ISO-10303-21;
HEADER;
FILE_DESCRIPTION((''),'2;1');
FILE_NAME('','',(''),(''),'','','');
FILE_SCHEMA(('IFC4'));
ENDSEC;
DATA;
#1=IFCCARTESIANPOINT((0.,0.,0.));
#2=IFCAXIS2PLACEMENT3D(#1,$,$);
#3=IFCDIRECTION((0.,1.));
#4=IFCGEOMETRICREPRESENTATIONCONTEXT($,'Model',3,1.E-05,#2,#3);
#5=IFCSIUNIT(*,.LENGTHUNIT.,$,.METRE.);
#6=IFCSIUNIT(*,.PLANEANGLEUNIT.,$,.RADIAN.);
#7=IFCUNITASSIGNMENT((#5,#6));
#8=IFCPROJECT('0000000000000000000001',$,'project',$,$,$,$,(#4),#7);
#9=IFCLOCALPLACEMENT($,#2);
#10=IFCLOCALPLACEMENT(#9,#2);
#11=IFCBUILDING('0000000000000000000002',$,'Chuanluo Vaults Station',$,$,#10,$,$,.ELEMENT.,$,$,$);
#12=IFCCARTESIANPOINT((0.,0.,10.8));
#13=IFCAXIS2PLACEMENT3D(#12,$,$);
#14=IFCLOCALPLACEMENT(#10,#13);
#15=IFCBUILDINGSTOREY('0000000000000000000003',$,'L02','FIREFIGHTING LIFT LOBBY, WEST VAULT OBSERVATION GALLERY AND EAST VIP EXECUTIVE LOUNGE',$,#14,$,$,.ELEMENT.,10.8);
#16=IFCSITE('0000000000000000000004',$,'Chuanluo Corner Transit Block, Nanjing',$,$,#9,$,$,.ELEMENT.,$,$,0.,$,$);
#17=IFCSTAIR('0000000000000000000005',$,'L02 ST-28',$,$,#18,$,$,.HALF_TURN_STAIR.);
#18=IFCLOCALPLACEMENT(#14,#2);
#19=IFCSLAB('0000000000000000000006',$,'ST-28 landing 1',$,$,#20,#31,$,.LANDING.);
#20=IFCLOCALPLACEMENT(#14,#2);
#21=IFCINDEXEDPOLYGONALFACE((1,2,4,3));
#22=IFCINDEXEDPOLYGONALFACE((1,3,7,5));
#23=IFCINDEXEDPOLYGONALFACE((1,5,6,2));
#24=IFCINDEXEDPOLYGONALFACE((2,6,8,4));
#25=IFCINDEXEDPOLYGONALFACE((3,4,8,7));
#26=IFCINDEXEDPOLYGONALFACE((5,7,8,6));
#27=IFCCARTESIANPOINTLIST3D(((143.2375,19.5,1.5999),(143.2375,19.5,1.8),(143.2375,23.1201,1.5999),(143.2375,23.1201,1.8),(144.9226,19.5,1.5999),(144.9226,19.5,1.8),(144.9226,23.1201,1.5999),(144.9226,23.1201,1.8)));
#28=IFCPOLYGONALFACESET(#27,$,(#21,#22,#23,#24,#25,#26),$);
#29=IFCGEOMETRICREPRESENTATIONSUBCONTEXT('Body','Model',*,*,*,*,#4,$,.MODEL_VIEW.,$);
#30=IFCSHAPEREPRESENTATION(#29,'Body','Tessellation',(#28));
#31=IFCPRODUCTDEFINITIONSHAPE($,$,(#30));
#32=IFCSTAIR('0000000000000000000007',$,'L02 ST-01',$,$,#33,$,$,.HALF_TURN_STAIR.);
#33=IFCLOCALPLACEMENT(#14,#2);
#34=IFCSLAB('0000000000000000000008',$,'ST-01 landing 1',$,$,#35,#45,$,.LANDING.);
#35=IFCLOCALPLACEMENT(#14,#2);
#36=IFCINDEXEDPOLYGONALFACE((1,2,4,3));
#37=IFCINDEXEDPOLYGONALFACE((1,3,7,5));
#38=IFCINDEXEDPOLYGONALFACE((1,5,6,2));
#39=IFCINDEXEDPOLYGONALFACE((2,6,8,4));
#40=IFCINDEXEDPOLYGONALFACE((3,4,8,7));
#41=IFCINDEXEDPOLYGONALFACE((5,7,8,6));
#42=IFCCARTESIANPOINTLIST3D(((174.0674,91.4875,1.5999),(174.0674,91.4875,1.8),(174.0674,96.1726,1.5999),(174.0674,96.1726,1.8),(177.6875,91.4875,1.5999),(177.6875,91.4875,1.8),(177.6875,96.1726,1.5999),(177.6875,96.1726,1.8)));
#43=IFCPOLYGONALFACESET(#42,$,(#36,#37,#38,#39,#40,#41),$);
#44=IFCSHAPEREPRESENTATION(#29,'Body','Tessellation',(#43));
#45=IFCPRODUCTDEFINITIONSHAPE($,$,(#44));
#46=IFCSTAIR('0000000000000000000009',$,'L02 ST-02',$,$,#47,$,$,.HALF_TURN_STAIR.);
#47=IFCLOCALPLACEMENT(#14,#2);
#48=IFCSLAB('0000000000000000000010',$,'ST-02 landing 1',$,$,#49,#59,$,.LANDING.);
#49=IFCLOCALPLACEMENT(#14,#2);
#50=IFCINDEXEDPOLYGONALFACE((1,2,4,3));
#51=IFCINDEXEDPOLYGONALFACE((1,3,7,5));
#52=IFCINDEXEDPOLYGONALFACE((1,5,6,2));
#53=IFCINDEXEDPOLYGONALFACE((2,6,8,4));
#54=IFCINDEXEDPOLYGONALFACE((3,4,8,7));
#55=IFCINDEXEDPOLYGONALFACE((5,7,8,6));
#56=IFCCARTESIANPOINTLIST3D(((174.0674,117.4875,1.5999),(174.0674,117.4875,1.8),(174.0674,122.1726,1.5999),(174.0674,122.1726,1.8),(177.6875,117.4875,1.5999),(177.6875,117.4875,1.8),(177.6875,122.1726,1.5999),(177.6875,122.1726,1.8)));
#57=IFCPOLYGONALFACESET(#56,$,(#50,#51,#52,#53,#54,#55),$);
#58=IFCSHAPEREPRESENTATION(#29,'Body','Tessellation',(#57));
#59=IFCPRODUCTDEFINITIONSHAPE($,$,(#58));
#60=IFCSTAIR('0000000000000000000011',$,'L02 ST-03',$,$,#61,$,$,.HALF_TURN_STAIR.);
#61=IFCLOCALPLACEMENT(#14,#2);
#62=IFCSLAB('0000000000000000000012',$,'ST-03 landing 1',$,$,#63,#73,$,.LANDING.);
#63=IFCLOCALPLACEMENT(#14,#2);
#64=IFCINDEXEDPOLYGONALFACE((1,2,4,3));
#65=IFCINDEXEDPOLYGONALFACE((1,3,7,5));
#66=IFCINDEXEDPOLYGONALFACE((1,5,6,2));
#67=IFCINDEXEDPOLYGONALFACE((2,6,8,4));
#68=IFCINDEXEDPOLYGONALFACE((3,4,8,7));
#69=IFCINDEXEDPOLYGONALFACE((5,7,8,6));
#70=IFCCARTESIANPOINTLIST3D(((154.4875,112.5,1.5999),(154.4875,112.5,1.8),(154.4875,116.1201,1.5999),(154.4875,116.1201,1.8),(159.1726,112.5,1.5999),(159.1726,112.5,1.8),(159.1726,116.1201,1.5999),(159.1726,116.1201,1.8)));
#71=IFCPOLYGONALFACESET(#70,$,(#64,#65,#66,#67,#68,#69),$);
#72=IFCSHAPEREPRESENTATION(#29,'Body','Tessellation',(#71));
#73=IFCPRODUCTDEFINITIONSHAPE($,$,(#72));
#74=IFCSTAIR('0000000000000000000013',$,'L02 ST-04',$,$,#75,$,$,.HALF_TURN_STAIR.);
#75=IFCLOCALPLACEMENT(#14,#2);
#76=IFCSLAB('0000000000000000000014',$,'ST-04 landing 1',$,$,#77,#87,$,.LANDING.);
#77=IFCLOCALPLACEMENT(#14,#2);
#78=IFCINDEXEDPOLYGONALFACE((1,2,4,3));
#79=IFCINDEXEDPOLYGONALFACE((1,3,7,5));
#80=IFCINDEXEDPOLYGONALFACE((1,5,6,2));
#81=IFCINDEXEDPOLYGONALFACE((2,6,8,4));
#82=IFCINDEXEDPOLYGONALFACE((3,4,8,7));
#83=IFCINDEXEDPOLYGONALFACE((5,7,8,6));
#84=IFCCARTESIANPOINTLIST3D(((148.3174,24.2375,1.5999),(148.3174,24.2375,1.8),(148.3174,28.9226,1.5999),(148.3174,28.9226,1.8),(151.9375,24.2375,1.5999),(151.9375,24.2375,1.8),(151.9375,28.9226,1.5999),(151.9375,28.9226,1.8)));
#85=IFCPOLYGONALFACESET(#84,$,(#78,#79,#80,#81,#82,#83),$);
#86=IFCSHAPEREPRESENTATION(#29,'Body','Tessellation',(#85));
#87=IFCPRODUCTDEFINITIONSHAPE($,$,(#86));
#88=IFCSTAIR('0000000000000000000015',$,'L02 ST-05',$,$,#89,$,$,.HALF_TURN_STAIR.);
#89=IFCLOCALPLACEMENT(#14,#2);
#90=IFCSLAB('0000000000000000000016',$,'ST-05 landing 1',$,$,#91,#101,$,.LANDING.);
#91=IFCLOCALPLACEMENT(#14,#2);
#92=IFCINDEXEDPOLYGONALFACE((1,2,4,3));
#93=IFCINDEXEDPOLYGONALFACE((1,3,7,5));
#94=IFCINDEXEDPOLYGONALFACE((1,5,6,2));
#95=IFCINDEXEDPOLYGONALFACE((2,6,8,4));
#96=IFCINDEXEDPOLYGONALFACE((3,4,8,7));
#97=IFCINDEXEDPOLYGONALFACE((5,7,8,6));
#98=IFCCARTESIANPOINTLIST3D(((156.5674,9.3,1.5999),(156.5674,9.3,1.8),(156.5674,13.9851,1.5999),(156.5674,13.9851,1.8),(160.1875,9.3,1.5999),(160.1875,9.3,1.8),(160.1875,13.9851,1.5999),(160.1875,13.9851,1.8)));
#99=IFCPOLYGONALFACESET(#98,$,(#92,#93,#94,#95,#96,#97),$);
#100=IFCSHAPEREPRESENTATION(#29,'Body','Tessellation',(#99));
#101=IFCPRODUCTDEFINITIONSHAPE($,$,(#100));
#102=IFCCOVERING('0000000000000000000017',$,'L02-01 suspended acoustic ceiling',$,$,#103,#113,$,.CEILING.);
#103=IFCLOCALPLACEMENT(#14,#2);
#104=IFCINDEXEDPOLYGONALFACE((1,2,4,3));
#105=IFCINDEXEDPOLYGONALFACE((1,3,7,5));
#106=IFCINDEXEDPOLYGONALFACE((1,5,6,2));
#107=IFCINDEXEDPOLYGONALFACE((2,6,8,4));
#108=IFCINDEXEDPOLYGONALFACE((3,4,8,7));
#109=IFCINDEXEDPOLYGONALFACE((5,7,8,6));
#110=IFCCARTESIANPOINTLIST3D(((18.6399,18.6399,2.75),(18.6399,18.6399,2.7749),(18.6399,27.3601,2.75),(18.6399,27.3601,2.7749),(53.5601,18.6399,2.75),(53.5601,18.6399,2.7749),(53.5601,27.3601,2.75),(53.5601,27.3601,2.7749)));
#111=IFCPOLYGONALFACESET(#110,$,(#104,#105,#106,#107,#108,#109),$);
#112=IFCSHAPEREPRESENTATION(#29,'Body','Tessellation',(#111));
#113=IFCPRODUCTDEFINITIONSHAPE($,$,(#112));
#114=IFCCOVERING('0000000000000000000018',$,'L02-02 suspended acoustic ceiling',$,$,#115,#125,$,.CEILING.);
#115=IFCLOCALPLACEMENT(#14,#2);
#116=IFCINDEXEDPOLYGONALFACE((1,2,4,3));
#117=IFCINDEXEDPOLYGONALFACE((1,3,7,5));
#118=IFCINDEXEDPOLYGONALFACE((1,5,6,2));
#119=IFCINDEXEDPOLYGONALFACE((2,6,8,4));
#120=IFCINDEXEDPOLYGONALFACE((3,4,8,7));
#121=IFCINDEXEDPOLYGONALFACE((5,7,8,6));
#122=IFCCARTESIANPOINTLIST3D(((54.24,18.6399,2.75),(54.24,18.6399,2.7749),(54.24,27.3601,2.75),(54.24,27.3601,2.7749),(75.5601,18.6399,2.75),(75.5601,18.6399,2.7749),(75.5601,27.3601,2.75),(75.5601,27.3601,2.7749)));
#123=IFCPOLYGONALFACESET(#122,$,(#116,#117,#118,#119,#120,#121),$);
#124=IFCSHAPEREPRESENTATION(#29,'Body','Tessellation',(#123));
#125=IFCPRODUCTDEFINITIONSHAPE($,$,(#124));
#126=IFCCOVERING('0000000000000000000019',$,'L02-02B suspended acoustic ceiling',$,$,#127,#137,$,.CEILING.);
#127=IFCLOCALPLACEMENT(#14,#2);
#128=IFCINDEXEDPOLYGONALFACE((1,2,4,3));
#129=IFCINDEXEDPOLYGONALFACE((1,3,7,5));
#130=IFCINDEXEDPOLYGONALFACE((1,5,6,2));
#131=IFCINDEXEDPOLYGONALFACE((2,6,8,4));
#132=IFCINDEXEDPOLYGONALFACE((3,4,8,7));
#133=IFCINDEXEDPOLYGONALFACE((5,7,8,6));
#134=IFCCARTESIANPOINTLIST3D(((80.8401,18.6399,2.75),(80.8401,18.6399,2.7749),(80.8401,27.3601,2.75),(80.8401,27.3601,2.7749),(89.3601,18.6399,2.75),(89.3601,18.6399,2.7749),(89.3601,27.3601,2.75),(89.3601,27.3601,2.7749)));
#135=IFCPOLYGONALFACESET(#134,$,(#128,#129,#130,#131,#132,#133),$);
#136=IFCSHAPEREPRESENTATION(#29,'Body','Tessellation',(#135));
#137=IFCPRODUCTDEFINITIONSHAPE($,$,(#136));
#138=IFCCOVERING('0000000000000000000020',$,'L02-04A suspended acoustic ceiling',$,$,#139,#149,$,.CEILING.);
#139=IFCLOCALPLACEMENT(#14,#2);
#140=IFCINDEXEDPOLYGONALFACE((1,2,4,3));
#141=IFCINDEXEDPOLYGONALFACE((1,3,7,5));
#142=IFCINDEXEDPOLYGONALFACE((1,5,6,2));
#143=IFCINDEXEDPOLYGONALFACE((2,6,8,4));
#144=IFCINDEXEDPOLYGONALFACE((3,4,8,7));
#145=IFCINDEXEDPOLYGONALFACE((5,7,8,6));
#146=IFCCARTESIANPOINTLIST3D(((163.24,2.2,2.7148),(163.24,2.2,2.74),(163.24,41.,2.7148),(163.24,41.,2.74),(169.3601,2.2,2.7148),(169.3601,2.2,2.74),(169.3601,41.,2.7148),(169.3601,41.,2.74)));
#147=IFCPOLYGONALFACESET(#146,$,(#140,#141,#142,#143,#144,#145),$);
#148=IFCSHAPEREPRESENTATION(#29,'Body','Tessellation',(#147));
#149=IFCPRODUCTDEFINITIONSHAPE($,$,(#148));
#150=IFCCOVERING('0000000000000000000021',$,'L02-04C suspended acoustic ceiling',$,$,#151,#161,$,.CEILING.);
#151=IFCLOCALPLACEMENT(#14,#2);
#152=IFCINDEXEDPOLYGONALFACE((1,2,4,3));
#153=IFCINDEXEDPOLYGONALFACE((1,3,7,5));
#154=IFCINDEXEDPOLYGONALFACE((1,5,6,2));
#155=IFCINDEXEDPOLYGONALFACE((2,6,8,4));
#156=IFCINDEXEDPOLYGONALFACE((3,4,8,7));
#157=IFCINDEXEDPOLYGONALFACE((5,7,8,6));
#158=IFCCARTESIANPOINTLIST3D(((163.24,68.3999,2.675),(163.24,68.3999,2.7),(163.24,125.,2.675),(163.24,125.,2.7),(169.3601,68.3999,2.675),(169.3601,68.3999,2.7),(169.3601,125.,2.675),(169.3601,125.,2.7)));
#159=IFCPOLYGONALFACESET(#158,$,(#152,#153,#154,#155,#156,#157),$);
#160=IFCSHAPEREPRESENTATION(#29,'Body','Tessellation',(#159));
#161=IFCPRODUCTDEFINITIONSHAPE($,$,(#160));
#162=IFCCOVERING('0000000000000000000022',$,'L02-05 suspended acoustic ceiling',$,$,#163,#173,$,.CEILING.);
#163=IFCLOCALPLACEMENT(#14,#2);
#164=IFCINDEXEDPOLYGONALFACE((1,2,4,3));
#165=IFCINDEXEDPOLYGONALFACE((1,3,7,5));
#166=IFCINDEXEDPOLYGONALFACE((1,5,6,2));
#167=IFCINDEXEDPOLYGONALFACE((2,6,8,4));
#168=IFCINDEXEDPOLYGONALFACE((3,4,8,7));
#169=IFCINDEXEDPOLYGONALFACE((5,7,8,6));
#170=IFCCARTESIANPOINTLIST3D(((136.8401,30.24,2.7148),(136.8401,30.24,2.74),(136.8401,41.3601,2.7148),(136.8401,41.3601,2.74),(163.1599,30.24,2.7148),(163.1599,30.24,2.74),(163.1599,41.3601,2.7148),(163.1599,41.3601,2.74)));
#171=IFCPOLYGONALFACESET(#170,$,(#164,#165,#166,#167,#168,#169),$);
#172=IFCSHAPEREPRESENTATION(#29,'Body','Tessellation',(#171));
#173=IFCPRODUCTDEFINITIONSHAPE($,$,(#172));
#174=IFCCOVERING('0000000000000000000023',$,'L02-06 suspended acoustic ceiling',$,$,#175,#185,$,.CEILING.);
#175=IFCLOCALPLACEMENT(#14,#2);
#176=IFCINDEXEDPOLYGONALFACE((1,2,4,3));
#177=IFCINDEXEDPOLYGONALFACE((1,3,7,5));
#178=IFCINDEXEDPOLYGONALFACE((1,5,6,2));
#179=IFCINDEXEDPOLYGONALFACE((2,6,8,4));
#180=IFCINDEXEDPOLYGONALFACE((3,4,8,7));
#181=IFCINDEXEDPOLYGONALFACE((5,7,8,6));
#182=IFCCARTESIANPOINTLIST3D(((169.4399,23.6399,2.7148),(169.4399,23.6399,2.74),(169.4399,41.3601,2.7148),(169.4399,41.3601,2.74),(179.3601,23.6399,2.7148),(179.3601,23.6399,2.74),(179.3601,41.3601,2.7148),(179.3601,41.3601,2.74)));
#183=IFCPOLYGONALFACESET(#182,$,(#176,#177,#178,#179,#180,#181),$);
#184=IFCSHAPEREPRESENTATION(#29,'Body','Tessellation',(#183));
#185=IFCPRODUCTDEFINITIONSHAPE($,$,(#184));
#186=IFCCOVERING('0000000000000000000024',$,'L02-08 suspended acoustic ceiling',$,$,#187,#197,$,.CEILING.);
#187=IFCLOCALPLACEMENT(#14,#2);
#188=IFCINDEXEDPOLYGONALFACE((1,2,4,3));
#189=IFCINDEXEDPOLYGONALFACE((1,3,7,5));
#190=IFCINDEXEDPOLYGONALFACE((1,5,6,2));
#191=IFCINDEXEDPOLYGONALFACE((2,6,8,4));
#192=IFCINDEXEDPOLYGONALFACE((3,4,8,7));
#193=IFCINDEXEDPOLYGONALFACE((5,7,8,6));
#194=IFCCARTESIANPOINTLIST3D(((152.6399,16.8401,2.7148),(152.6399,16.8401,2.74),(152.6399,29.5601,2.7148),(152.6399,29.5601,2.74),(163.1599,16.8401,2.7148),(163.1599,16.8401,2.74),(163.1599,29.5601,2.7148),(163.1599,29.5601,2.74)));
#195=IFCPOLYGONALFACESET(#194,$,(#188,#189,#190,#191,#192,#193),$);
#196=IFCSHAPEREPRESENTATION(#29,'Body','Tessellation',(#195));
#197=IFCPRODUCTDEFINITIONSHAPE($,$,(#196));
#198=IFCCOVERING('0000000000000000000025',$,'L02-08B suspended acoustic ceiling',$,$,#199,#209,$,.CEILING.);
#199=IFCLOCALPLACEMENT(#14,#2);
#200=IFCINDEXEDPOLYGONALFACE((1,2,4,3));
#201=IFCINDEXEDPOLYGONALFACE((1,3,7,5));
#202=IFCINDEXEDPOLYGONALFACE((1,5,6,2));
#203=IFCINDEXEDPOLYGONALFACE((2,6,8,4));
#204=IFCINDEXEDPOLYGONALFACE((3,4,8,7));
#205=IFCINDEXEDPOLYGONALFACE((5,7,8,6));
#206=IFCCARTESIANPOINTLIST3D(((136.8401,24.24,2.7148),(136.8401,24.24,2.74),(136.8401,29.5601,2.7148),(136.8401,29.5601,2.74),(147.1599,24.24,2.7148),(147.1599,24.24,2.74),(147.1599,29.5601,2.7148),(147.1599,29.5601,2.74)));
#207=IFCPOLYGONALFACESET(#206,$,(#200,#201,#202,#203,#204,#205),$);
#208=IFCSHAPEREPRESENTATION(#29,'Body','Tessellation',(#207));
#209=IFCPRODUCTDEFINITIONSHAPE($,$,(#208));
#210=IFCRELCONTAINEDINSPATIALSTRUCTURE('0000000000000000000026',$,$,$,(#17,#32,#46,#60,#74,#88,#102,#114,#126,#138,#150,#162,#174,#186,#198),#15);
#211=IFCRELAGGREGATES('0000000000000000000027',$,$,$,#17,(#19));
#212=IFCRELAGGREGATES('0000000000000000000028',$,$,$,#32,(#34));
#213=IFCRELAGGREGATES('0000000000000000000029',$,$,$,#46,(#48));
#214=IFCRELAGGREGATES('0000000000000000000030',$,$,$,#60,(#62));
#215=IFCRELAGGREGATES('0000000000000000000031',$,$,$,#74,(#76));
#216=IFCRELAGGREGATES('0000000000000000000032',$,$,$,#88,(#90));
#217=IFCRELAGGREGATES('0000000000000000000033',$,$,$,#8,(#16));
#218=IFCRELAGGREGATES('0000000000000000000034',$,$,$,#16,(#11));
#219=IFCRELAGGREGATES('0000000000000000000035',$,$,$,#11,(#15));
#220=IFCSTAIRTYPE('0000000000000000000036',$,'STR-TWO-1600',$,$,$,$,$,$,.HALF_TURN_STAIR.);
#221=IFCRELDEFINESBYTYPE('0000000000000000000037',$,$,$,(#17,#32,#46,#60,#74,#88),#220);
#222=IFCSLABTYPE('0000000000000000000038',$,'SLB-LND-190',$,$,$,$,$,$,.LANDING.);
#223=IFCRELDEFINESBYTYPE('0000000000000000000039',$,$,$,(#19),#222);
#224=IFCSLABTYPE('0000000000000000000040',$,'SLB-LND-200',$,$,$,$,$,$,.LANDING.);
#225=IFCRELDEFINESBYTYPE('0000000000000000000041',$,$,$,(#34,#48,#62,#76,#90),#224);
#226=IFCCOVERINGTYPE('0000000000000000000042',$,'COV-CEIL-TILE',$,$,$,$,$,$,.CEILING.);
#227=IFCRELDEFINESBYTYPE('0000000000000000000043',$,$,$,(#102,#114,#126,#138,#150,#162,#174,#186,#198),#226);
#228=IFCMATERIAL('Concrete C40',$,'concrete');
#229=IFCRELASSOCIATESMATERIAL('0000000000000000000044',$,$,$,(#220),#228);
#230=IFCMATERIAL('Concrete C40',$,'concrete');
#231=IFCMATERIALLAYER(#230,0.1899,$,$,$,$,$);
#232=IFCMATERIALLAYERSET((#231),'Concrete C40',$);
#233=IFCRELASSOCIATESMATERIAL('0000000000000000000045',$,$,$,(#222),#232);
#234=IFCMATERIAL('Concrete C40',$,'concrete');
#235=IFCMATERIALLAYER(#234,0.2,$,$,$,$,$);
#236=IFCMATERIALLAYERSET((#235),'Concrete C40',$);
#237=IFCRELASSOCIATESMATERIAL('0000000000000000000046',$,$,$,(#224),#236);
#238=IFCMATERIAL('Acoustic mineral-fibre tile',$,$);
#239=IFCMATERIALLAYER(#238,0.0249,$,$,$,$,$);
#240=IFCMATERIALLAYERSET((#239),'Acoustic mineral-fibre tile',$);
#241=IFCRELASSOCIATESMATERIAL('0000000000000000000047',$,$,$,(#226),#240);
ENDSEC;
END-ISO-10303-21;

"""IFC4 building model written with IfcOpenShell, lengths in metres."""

from ifc_helpers import new_model, si_unit, direction, frame, origin, place, context, subcontext, project, spatial, polyline, outline, extrude, material, layer, layer_set, type_object, element, aggregate, save


model = new_model("IFC4")

# Units and contexts
model_context = context("Model", 3, precision=1e-05, world=origin(), true_north=direction((0.0, 1.0)))
body_context = subcontext(model_context, "Body", "Model", "MODEL_VIEW")
ifc_project = project(units=[si_unit("LENGTHUNIT", "METRE"), si_unit("PLANEANGLEUNIT", "RADIAN")], contexts=[model_context])

# Site, building, storey
site_placement = place(None, origin())
site = spatial("IfcSite", under=ifc_project, at=site_placement, Name="Chuanluo Corner Transit Block, Nanjing", CompositionType="ELEMENT", RefElevation=0.0)
building_placement = place(site_placement, origin())
building = spatial("IfcBuilding", under=site, at=building_placement, Name="Chuanluo Vaults Station", CompositionType="ELEMENT")
storey_placement = place(building_placement, frame((0.0, 0.0, 10.8)))
storey = spatial("IfcBuildingStorey", under=building, at=storey_placement, Name="L02", Description="FIREFIGHTING LIFT LOBBY, WEST VAULT OBSERVATION GALLERY AND EAST VIP EXECUTIVE LOUNGE", CompositionType="ELEMENT", Elevation=10.8)

# Stairs, slabs
ifc_material_1 = material(Name="Concrete C40", Category="concrete")
stair_type = type_object("IfcStairType", Name="STR-TWO-1600", PredefinedType="HALF_TURN_STAIR", material=ifc_material_1)
stair_1_placement = place(storey_placement, origin())
stair_1 = element("IfcStair", 1, at=stair_1_placement, inside=storey, type_object=stair_type, Name="L02 ST-28", PredefinedType="HALF_TURN_STAIR")
ifc_material_2 = material(Name="Concrete C40", Category="concrete")
ifc_layer_1 = layer(ifc_material_2, 0.1899)
ifc_layer_set_1 = layer_set([ifc_layer_1], Name="Concrete C40")
slab_type_1 = type_object("IfcSlabType", Name="SLB-LND-190", PredefinedType="LANDING", material=ifc_layer_set_1)
slab_1_placement = place(storey_placement, frame((0.0, 0.0, 1.5999)))
slab_1 = element("IfcSlab", 2, at=slab_1_placement, type_object=slab_type_1, Name="ST-28 landing 1", PredefinedType="LANDING", context=body_context, shape_type="SweptSolid", body=[
    extrude(outline(polyline([(143.2375, 19.5), (144.9226, 19.5), (144.9226, 23.1201), (143.2375, 23.1201), (143.2375, 19.5)])), origin(), (0.0, 0.0, 1.0), 0.2002),
])
aggregate(stair_1, [slab_1])
stair_2_placement = place(storey_placement, origin())
stair_2 = element("IfcStair", 3, at=stair_2_placement, inside=storey, type_object=stair_type, Name="L02 ST-01", PredefinedType="HALF_TURN_STAIR")
ifc_material_3 = material(Name="Concrete C40", Category="concrete")
ifc_layer_2 = layer(ifc_material_3, 0.2)
ifc_layer_set_2 = layer_set([ifc_layer_2], Name="Concrete C40")
slab_type_2 = type_object("IfcSlabType", Name="SLB-LND-200", PredefinedType="LANDING", material=ifc_layer_set_2)
slab_2_placement = place(storey_placement, frame((0.0, 0.0, 1.5999)))
slab_2 = element("IfcSlab", 4, at=slab_2_placement, type_object=slab_type_2, Name="ST-01 landing 1", PredefinedType="LANDING", context=body_context, shape_type="SweptSolid", body=[
    extrude(outline(polyline([(177.6875, 91.4875), (177.6875, 96.1726), (174.0674, 96.1726), (174.0674, 91.4875), (177.6875, 91.4875)])), origin(), (0.0, 0.0, 1.0), 0.2002),
])
aggregate(stair_2, [slab_2])
stair_3_placement = place(storey_placement, origin())
stair_3 = element("IfcStair", 5, at=stair_3_placement, inside=storey, type_object=stair_type, Name="L02 ST-02", PredefinedType="HALF_TURN_STAIR")
slab_3_placement = place(storey_placement, frame((0.0, 0.0, 1.5999)))
slab_3 = element("IfcSlab", 6, at=slab_3_placement, type_object=slab_type_2, Name="ST-02 landing 1", PredefinedType="LANDING", context=body_context, shape_type="SweptSolid", body=[
    extrude(outline(polyline([(177.6875, 117.4875), (177.6875, 122.1726), (174.0674, 122.1726), (174.0674, 117.4875), (177.6875, 117.4875)])), origin(), (0.0, 0.0, 1.0), 0.2002),
])
aggregate(stair_3, [slab_3])
stair_4_placement = place(storey_placement, origin())
stair_4 = element("IfcStair", 7, at=stair_4_placement, inside=storey, type_object=stair_type, Name="L02 ST-03", PredefinedType="HALF_TURN_STAIR")
slab_4_placement = place(storey_placement, frame((0.0, 0.0, 1.5999)))
slab_4 = element("IfcSlab", 8, at=slab_4_placement, type_object=slab_type_2, Name="ST-03 landing 1", PredefinedType="LANDING", context=body_context, shape_type="SweptSolid", body=[
    extrude(outline(polyline([(154.4875, 112.5), (159.1726, 112.5), (159.1726, 116.1201), (154.4875, 116.1201), (154.4875, 112.5)])), origin(), (0.0, 0.0, 1.0), 0.2002),
])
aggregate(stair_4, [slab_4])
stair_5_placement = place(storey_placement, origin())
stair_5 = element("IfcStair", 9, at=stair_5_placement, inside=storey, type_object=stair_type, Name="L02 ST-04", PredefinedType="HALF_TURN_STAIR")
slab_5_placement = place(storey_placement, frame((0.0, 0.0, 1.5999)))
slab_5 = element("IfcSlab", 10, at=slab_5_placement, type_object=slab_type_2, Name="ST-04 landing 1", PredefinedType="LANDING", context=body_context, shape_type="SweptSolid", body=[
    extrude(outline(polyline([(151.9375, 24.2375), (151.9375, 28.9226), (148.3174, 28.9226), (148.3174, 24.2375), (151.9375, 24.2375)])), origin(), (0.0, 0.0, 1.0), 0.2002),
])
aggregate(stair_5, [slab_5])
stair_6_placement = place(storey_placement, origin())
stair_6 = element("IfcStair", 11, at=stair_6_placement, inside=storey, type_object=stair_type, Name="L02 ST-05", PredefinedType="HALF_TURN_STAIR")
slab_6_placement = place(storey_placement, frame((0.0, 0.0, 1.5999)))
slab_6 = element("IfcSlab", 12, at=slab_6_placement, type_object=slab_type_2, Name="ST-05 landing 1", PredefinedType="LANDING", context=body_context, shape_type="SweptSolid", body=[
    extrude(outline(polyline([(160.1875, 9.3), (160.1875, 13.9851), (156.5674, 13.9851), (156.5674, 9.3), (160.1875, 9.3)])), origin(), (0.0, 0.0, 1.0), 0.2002),
])
aggregate(stair_6, [slab_6])

# Coverings
ifc_material_4 = material(Name="Acoustic mineral-fibre tile")
ifc_layer_3 = layer(ifc_material_4, 0.0249)
ifc_layer_set_3 = layer_set([ifc_layer_3], Name="Acoustic mineral-fibre tile")
covering_type_1 = type_object("IfcCoveringType", Name="COV-CEIL-TILE", PredefinedType="CEILING", material=ifc_layer_set_3)
covering_1_placement = place(storey_placement, frame((0.0, 0.0, 2.75)))
element("IfcCovering", 13, at=covering_1_placement, inside=storey, type_object=covering_type_1, Name="L02-01 suspended acoustic ceiling", PredefinedType="CEILING", context=body_context, shape_type="SweptSolid", body=[
    extrude(outline(polyline([(18.6399, 18.6399), (53.5601, 18.6399), (53.5601, 27.3601), (18.6399, 27.3601), (18.6399, 18.6399)])), origin(), (0.0, 0.0, 1.0), 0.0249),
])
covering_2_placement = place(storey_placement, frame((0.0, 0.0, 2.75)))
element("IfcCovering", 14, at=covering_2_placement, inside=storey, type_object=covering_type_1, Name="L02-02 suspended acoustic ceiling", PredefinedType="CEILING", context=body_context, shape_type="SweptSolid", body=[
    extrude(outline(polyline([(54.24, 18.6399), (75.5601, 18.6399), (75.5601, 27.3601), (54.24, 27.3601), (54.24, 18.6399)])), origin(), (0.0, 0.0, 1.0), 0.0249),
])
covering_3_placement = place(storey_placement, frame((0.0, 0.0, 2.75)))
element("IfcCovering", 15, at=covering_3_placement, inside=storey, type_object=covering_type_1, Name="L02-02B suspended acoustic ceiling", PredefinedType="CEILING", context=body_context, shape_type="SweptSolid", body=[
    extrude(outline(polyline([(80.8401, 18.6399), (89.3601, 18.6399), (89.3601, 27.3601), (80.8401, 27.3601), (80.8401, 18.6399)])), origin(), (0.0, 0.0, 1.0), 0.0249),
])
covering_4_placement = place(storey_placement, frame((0.0, 0.0, 2.7148)))
element("IfcCovering", 16, at=covering_4_placement, inside=storey, type_object=covering_type_1, Name="L02-04A suspended acoustic ceiling", PredefinedType="CEILING", context=body_context, shape_type="SweptSolid", body=[
    extrude(outline(polyline([(163.24, 2.2), (169.3601, 2.2), (169.3601, 41.0), (163.24, 41.0), (163.24, 2.2)])), origin(), (0.0, 0.0, 1.0), 0.0251),
])
covering_5_placement = place(storey_placement, frame((0.0, 0.0, 2.675)))
element("IfcCovering", 17, at=covering_5_placement, inside=storey, type_object=covering_type_1, Name="L02-04C suspended acoustic ceiling", PredefinedType="CEILING", context=body_context, shape_type="SweptSolid", body=[
    extrude(outline(polyline([(163.24, 68.3999), (169.3601, 68.3999), (169.3601, 125.0), (163.24, 125.0), (163.24, 68.3999)])), origin(), (0.0, 0.0, 1.0), 0.0249),
])
covering_6_placement = place(storey_placement, frame((0.0, 0.0, 2.7148)))
element("IfcCovering", 18, at=covering_6_placement, inside=storey, type_object=covering_type_1, Name="L02-05 suspended acoustic ceiling", PredefinedType="CEILING", context=body_context, shape_type="SweptSolid", body=[
    extrude(outline(polyline([(136.8401, 30.24), (163.1599, 30.24), (163.1599, 41.3601), (136.8401, 41.3601), (136.8401, 30.24)])), origin(), (0.0, 0.0, 1.0), 0.0251),
])
covering_7_placement = place(storey_placement, frame((0.0, 0.0, 2.7148)))
element("IfcCovering", 19, at=covering_7_placement, inside=storey, type_object=covering_type_1, Name="L02-06 suspended acoustic ceiling", PredefinedType="CEILING", context=body_context, shape_type="SweptSolid", body=[
    extrude(outline(polyline([(169.4399, 23.6399), (179.3601, 23.6399), (179.3601, 41.3601), (169.4399, 41.3601), (169.4399, 23.6399)])), origin(), (0.0, 0.0, 1.0), 0.0251),
])
covering_8_placement = place(storey_placement, frame((0.0, 0.0, 2.7148)))
element("IfcCovering", 20, at=covering_8_placement, inside=storey, type_object=covering_type_1, Name="L02-08 suspended acoustic ceiling", PredefinedType="CEILING", context=body_context, shape_type="SweptSolid", body=[
    extrude(outline(polyline([(152.6399, 16.8401), (163.1599, 16.8401), (163.1599, 29.5601), (152.6399, 29.5601), (152.6399, 16.8401)])), origin(), (0.0, 0.0, 1.0), 0.0251),
])
covering_9_placement = place(storey_placement, frame((0.0, 0.0, 2.7148)))
element("IfcCovering", 21, at=covering_9_placement, inside=storey, type_object=covering_type_1, Name="L02-08B suspended acoustic ceiling", PredefinedType="CEILING", context=body_context, shape_type="SweptSolid", body=[
    extrude(outline(polyline([(136.8401, 24.24), (147.1599, 24.24), (147.1599, 29.5601), (136.8401, 29.5601), (136.8401, 24.24)])), origin(), (0.0, 0.0, 1.0), 0.0251),
])

save(model, "model.ifc")
